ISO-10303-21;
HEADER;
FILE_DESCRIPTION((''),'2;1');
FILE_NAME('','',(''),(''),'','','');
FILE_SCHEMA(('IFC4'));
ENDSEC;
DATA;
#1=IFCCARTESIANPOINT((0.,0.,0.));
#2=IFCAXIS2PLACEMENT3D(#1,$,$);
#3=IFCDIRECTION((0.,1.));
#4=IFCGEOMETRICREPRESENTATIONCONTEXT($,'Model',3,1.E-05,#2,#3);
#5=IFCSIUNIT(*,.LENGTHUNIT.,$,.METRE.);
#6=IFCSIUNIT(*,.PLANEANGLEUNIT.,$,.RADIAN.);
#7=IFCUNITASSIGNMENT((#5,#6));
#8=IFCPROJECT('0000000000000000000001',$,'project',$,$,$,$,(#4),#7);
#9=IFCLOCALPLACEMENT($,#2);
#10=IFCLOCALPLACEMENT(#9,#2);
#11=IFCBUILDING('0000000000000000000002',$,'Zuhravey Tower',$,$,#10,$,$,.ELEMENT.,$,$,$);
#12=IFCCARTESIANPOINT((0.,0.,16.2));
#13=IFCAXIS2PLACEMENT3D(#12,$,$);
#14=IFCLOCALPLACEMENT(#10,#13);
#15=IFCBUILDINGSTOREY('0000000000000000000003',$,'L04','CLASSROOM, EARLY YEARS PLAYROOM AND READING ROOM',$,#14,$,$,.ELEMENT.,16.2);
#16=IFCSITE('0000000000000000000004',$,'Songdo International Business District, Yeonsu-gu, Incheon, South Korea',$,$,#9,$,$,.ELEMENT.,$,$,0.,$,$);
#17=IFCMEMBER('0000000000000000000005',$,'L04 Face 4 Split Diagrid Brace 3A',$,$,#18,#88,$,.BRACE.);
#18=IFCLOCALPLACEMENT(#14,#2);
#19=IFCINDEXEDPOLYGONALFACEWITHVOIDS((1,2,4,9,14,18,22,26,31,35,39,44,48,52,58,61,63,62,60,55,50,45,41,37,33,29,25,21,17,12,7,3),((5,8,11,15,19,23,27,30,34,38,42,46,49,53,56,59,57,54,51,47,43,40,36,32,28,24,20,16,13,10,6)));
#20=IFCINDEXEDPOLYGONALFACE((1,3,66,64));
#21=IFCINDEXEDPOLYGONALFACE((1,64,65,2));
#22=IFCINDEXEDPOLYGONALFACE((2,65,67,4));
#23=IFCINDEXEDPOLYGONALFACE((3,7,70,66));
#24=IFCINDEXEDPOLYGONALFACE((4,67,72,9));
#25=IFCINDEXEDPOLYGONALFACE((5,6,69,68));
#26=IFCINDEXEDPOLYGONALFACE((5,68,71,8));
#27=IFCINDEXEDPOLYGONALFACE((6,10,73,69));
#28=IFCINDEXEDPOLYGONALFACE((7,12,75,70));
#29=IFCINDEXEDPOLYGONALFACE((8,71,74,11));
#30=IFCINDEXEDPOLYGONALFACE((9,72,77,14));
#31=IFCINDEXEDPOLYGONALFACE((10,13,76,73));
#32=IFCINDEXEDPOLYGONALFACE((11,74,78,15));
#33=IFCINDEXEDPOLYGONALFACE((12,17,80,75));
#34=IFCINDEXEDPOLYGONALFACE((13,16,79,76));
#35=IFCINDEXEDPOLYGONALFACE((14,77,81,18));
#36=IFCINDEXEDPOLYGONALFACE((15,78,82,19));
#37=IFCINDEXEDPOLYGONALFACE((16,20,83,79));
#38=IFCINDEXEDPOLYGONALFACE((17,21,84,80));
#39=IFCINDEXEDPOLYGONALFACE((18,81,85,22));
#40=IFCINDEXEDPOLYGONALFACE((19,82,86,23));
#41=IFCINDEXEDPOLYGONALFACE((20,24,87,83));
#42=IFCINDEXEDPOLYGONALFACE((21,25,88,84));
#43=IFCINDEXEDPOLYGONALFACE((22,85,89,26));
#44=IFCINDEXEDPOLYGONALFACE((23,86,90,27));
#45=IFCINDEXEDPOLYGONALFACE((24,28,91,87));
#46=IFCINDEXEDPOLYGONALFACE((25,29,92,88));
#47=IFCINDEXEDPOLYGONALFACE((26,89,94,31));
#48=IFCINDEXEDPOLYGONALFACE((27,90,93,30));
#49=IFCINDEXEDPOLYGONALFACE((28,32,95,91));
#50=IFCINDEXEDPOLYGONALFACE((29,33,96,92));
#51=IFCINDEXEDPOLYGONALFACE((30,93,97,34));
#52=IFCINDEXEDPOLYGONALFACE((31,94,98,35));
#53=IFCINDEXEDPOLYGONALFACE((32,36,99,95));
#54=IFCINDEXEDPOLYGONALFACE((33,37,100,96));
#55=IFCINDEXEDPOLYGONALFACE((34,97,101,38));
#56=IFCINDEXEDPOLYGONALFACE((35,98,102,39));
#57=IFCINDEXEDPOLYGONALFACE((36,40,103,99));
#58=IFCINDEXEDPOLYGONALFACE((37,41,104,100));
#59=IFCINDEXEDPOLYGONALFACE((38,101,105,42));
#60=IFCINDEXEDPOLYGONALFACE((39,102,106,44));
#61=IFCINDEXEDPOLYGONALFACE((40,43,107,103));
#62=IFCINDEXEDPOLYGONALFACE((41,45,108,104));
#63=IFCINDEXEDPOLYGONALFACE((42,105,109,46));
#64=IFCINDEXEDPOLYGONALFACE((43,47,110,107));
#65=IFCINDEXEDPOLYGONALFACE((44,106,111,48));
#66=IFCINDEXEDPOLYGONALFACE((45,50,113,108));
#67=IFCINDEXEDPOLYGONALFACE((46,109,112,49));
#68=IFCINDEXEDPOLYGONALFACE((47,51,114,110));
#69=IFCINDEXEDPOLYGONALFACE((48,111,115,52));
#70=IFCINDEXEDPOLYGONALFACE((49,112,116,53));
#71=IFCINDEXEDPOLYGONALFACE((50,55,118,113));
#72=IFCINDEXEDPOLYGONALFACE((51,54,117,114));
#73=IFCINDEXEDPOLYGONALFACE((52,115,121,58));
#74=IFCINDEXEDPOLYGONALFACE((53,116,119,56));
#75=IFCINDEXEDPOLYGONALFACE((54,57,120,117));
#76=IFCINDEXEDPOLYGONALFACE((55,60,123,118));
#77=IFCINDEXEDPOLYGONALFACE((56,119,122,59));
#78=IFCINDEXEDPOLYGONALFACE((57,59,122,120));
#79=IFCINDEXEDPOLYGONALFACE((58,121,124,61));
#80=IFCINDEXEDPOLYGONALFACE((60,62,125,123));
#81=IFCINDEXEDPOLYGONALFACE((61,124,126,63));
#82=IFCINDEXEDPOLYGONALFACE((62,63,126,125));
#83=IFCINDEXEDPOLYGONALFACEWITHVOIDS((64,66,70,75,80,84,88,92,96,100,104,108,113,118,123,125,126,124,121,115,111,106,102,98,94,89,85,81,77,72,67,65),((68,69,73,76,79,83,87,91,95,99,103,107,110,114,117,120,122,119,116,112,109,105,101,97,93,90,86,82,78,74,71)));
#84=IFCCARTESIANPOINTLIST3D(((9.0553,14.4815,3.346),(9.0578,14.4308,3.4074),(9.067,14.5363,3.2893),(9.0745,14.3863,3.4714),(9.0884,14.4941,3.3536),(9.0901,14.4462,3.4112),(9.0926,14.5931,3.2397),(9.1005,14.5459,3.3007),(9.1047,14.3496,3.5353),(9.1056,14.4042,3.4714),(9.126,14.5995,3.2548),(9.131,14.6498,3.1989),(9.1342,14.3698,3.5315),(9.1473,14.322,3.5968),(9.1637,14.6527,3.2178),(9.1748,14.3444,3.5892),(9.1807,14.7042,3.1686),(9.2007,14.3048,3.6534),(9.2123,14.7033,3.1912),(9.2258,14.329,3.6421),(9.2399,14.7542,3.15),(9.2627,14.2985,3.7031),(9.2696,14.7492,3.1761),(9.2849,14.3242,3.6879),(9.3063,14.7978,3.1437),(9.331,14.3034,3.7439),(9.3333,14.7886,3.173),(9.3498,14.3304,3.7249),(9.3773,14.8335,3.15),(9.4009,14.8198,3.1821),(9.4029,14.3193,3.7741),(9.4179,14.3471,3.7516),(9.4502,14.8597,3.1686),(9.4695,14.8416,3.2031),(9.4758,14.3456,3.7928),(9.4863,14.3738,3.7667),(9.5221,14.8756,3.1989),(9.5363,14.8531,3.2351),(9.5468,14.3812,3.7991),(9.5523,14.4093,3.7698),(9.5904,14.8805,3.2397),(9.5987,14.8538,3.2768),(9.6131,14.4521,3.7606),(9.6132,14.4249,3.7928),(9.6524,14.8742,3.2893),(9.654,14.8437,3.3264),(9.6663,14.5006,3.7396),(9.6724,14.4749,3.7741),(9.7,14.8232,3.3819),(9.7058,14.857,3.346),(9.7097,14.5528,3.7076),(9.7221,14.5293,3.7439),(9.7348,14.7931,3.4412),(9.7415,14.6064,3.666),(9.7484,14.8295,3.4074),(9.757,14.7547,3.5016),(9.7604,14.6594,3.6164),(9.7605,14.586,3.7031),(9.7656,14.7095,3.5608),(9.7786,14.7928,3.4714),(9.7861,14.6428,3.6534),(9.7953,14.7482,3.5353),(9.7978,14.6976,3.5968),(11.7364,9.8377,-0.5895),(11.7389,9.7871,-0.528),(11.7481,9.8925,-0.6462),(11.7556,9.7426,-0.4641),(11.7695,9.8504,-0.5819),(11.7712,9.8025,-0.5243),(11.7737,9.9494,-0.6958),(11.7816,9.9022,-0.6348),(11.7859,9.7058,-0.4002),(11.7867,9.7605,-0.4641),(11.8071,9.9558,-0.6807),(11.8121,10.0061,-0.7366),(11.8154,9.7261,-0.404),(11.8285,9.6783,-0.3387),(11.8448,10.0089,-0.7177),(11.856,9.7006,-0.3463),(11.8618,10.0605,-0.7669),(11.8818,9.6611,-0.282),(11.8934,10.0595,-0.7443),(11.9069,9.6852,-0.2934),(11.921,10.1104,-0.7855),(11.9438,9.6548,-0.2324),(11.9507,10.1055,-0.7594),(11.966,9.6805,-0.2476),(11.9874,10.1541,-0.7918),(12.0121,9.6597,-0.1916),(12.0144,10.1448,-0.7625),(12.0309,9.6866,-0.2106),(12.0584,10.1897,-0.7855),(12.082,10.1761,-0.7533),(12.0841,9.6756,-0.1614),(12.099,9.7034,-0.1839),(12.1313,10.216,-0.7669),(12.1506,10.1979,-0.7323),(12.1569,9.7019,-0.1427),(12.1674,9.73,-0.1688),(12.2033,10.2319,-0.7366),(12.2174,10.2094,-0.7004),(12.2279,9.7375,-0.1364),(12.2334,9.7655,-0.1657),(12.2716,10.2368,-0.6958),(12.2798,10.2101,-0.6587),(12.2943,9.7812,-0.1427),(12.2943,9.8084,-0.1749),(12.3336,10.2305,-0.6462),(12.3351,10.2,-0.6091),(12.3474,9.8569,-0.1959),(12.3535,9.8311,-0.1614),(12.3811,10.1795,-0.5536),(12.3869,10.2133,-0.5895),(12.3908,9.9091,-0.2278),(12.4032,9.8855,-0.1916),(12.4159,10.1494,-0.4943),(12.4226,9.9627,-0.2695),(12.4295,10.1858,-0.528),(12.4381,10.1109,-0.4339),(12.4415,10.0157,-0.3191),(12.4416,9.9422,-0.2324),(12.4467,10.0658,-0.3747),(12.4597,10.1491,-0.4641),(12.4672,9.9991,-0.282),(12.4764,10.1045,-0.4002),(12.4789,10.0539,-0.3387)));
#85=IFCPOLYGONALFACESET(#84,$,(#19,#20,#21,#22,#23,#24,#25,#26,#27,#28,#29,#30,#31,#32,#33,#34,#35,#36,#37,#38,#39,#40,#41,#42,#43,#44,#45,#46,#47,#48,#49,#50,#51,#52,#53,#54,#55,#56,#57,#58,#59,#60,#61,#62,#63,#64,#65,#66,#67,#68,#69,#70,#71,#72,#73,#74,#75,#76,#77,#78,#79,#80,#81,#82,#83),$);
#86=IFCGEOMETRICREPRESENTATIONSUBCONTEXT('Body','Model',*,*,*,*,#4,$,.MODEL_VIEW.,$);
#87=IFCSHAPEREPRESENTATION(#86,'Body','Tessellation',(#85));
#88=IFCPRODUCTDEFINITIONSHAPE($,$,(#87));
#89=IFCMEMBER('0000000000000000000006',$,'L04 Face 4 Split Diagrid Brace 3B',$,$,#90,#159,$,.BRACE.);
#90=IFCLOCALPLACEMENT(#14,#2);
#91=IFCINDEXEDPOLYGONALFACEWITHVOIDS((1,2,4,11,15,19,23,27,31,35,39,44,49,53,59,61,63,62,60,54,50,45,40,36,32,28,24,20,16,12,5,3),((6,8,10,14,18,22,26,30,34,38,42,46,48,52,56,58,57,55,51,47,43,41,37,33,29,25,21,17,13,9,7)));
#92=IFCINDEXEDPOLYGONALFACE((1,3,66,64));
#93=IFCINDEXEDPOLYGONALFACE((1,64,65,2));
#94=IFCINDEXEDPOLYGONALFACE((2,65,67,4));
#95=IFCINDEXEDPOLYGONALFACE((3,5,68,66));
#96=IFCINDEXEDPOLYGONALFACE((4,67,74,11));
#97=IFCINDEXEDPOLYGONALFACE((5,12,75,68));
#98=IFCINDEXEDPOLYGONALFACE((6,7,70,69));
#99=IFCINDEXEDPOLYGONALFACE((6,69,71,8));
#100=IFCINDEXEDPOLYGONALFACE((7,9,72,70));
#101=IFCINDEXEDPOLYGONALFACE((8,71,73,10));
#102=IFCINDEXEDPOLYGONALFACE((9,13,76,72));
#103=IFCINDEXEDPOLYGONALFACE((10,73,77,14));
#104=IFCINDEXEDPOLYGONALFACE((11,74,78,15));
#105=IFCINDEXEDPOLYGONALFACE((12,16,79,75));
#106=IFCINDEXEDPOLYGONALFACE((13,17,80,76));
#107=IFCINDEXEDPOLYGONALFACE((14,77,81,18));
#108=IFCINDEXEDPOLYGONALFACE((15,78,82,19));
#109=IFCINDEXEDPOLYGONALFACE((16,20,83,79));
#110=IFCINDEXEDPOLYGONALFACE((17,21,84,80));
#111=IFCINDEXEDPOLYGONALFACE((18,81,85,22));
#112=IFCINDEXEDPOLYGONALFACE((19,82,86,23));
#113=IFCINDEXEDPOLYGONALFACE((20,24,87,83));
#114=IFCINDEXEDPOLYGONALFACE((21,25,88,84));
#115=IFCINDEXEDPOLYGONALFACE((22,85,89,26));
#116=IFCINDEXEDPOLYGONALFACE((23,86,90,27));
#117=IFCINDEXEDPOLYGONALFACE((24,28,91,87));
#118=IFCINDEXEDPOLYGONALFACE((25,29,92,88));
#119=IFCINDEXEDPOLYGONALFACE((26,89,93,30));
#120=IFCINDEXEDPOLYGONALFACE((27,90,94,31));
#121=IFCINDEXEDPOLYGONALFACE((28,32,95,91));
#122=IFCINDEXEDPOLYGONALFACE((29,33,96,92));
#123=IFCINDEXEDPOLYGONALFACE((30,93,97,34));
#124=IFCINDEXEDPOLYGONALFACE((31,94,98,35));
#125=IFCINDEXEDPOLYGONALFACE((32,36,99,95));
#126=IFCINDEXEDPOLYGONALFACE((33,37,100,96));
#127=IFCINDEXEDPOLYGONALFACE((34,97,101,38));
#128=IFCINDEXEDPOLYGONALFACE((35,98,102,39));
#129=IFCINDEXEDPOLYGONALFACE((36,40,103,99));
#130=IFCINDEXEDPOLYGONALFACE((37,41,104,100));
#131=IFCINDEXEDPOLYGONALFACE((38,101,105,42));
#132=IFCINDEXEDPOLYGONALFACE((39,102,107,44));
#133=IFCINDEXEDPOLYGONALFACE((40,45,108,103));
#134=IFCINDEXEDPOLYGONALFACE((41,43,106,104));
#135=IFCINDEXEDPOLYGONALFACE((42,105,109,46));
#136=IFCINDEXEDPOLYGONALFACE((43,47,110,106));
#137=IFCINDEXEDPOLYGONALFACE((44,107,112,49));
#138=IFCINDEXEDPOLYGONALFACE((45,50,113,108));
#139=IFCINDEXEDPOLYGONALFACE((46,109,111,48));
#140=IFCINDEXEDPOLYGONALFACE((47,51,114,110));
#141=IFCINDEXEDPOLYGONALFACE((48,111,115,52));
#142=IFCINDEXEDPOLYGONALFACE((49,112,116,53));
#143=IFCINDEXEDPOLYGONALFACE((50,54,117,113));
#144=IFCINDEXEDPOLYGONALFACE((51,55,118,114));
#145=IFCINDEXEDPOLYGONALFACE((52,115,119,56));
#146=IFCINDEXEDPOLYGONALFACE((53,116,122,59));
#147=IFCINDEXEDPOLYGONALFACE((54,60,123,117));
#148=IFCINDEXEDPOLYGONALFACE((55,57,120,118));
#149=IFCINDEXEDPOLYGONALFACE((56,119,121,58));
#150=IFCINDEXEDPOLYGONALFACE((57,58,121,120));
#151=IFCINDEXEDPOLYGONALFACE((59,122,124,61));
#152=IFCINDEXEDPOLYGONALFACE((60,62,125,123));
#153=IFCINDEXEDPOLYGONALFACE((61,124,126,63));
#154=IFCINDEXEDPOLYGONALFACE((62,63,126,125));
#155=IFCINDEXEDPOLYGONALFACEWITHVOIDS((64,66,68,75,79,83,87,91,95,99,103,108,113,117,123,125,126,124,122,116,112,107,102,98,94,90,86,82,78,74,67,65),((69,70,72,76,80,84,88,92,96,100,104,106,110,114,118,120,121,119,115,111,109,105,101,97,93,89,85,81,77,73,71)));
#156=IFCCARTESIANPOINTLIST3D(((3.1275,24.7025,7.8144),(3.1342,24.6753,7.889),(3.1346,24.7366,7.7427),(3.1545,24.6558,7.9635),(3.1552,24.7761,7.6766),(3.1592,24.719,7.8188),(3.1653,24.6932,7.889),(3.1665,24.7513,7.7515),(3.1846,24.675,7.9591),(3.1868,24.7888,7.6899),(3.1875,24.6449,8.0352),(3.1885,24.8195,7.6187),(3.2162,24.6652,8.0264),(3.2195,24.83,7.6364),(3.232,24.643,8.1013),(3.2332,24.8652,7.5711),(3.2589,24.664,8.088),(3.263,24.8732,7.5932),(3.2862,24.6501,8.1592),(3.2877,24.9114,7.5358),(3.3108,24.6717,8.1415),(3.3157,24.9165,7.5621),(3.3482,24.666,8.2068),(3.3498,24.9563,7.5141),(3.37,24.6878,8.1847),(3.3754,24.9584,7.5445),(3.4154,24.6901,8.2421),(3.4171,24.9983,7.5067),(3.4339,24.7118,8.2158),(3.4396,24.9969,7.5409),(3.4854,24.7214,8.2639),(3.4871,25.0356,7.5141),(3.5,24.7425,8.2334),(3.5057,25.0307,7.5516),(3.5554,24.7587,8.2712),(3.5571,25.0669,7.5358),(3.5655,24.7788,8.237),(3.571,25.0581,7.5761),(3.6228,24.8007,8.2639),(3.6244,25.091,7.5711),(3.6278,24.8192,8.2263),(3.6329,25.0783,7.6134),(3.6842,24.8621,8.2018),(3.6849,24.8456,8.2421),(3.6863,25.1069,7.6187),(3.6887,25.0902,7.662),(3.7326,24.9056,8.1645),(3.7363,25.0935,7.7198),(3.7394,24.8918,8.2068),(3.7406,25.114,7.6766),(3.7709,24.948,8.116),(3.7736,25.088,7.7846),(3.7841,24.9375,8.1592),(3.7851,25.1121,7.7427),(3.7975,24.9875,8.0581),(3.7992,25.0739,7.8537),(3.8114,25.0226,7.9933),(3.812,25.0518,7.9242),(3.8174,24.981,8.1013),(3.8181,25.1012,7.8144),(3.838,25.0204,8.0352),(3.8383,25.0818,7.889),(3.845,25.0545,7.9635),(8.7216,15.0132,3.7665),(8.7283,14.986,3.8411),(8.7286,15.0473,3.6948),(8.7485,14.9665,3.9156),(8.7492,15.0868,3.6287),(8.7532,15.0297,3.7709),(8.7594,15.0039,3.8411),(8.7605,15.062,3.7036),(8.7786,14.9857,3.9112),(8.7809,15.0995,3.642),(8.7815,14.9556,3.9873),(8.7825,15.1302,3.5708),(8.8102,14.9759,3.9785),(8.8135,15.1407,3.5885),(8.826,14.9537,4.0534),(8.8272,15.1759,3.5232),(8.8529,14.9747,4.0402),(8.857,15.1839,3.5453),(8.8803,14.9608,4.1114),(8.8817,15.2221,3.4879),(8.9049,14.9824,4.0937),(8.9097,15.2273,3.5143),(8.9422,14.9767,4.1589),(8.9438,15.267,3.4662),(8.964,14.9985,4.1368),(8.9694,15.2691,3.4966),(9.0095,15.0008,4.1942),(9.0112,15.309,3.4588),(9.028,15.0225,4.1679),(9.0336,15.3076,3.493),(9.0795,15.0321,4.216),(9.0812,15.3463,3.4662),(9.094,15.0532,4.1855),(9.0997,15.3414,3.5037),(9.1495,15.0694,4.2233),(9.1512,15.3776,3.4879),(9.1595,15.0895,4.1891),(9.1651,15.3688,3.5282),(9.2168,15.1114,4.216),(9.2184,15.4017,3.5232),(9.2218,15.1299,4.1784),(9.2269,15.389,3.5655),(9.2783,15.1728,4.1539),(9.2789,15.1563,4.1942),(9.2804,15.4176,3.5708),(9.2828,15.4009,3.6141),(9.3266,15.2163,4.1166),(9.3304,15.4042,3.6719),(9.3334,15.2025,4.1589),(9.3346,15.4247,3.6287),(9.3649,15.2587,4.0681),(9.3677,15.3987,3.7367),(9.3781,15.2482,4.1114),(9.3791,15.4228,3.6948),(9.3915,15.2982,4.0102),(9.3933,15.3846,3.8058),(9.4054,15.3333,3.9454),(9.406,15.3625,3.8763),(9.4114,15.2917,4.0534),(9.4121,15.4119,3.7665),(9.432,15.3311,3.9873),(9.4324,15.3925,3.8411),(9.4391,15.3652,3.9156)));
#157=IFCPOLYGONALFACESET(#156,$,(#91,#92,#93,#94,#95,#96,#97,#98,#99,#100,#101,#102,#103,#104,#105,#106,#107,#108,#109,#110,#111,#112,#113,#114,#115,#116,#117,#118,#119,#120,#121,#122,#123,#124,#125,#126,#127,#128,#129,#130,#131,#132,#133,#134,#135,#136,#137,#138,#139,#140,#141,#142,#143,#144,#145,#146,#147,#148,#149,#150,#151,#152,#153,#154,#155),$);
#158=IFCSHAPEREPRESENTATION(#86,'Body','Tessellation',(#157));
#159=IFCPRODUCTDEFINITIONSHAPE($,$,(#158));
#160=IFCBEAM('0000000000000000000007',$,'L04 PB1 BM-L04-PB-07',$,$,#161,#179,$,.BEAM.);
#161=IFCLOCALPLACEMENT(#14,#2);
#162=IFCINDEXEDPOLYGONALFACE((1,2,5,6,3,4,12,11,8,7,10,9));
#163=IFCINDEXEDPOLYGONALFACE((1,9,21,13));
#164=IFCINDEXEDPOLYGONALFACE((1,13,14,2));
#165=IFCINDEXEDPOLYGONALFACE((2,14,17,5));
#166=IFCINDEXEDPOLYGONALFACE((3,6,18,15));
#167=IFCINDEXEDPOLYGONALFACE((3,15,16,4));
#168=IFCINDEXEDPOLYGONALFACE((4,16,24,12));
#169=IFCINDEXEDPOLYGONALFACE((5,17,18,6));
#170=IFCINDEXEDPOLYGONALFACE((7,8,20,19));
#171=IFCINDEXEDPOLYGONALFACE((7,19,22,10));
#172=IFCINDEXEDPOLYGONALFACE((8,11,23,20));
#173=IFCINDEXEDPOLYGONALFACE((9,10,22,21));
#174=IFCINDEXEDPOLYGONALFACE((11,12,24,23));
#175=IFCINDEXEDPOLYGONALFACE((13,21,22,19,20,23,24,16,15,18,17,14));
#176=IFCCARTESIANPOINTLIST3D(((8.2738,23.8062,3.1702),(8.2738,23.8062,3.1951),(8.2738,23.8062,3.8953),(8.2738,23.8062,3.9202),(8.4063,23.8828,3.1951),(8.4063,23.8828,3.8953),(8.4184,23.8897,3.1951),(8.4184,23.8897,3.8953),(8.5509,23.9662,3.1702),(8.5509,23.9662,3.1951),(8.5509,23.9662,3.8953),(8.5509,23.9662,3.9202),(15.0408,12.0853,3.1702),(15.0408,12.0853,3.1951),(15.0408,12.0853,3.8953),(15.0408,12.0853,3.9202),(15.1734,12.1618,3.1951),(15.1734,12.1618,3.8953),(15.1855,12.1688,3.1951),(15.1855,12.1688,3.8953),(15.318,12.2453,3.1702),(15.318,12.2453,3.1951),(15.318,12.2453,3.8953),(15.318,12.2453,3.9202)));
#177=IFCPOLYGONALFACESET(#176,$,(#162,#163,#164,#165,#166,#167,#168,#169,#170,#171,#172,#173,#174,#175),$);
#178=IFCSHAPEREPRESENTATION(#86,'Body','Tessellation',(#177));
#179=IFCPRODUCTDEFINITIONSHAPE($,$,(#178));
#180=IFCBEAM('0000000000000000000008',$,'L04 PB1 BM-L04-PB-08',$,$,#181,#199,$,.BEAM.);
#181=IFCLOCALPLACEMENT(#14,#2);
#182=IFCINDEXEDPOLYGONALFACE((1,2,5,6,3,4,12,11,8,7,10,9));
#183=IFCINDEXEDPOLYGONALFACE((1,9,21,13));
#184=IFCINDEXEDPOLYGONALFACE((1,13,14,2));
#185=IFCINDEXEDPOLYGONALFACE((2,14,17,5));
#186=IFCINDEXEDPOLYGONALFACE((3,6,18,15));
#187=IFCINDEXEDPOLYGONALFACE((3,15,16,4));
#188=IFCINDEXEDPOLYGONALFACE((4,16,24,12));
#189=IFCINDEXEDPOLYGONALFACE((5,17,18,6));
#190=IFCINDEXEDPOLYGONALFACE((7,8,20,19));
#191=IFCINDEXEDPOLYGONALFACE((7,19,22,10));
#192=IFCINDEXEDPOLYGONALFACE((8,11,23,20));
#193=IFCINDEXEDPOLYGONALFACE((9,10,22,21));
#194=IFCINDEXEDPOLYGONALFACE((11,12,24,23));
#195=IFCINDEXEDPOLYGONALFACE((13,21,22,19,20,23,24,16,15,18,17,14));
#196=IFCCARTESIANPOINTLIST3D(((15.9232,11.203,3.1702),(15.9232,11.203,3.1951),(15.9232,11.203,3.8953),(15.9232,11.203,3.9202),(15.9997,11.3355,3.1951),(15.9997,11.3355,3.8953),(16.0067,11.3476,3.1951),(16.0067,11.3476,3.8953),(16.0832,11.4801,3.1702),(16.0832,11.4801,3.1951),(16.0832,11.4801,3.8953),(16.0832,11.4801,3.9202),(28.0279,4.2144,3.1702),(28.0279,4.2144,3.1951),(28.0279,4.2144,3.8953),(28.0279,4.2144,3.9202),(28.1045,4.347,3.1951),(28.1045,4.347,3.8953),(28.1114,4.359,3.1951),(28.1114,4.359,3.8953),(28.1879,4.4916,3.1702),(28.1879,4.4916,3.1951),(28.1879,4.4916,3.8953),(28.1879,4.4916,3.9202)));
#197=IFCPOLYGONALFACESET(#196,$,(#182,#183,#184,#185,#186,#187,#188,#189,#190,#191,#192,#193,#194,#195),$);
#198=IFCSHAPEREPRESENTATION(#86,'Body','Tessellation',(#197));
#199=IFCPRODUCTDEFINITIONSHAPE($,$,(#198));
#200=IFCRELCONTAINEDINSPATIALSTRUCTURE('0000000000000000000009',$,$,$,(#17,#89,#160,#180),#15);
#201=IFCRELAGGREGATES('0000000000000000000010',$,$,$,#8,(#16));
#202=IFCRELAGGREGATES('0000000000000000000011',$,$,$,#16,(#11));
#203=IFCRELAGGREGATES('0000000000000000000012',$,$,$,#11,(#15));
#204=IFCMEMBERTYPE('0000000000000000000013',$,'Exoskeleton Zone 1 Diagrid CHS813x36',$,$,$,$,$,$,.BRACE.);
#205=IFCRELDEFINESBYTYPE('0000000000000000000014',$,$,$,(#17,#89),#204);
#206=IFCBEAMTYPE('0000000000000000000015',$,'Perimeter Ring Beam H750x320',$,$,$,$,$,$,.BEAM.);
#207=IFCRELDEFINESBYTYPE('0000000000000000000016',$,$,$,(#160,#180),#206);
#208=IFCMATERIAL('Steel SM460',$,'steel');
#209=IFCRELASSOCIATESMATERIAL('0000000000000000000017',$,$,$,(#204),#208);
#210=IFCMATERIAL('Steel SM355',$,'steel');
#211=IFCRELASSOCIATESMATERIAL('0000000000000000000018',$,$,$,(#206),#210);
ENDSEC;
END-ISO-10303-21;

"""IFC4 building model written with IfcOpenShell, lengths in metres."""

from ifc_helpers import new_model, si_unit, direction, frame, origin, origin_2d, place, context, subcontext, project, spatial, hollow_circle, i_section, extrude, material, material_profile, profile_set, type_object, element, save


model = new_model("IFC4")

# Units and contexts
model_context = context("Model", 3, precision=1e-05, world=origin(), true_north=direction((0.0, 1.0)))
body_context = subcontext(model_context, "Body", "Model", "MODEL_VIEW")
ifc_project = project(units=[si_unit("LENGTHUNIT", "METRE"), si_unit("PLANEANGLEUNIT", "RADIAN")], contexts=[model_context])

# Site, building, storey
site_placement = place(None, origin())
site = spatial("IfcSite", under=ifc_project, at=site_placement, Name="Songdo International Business District, Yeonsu-gu, Incheon, South Korea", CompositionType="ELEMENT", RefElevation=0.0)
building_placement = place(site_placement, origin())
building = spatial("IfcBuilding", under=site, at=building_placement, Name="Zuhravey Tower", CompositionType="ELEMENT")
storey_placement = place(building_placement, frame((0.0, 0.0, 16.2)))
storey = spatial("IfcBuildingStorey", under=building, at=storey_placement, Name="L04", Description="CLASSROOM, EARLY YEARS PLAYROOM AND READING ROOM", CompositionType="ELEMENT", Elevation=16.2)

# Members
ifc_material_1 = material(Name="Steel SM355", Category="steel")
ifc_material_2 = material(Name="Steel SM460", Category="steel")
ifc_material_profile_1 = material_profile(ifc_material_2, hollow_circle(Radius=0.4065, WallThickness=0.0359, at=origin_2d()), Name="CHS-812.8x36")
ifc_profile_set_1 = profile_set([ifc_material_profile_1], Name="Steel SM460")
member_type_1 = type_object("IfcMemberType", Name="Exoskeleton Zone 1 Diagrid CHS813x36", PredefinedType="BRACE", material=ifc_profile_set_1)
member_1_placement = place(storey_placement, frame((12.1077, 9.9458, -0.4641), z_axis=(-0.403092, 0.698162, 0.591681), x_axis=(-0.866021, -0.500008, 0.0)))
element("IfcMember", 1, at=member_1_placement, inside=storey, type_object=member_type_1, Name="L04 Face 4 Split Diagrid Brace 3A", PredefinedType="BRACE", context=body_context, shape_type="SweptSolid", body=[
    extrude(hollow_circle(Radius=0.4065, WallThickness=0.0359, at=origin_2d()), origin(), (0.0, 0.0, 1.0), 6.6514),
])
member_2_placement = place(storey_placement, frame((9.0803, 15.1892, 3.8411), z_axis=(-0.470169, 0.814367, 0.340217), x_axis=(-0.866028, -0.499995, 0.0)))
element("IfcMember", 2, at=member_2_placement, inside=storey, type_object=member_type_1, Name="L04 Face 4 Split Diagrid Brace 3B", PredefinedType="BRACE", context=body_context, shape_type="SweptSolid", body=[
    extrude(hollow_circle(Radius=0.4065, WallThickness=0.0359, at=origin_2d()), origin(), (0.0, 0.0, 1.0), 11.8979),
])

# Beams
ifc_material_profile_2 = material_profile(ifc_material_1, i_section(OverallWidth=0.3201, OverallDepth=0.75, WebThickness=0.0139, FlangeThickness=0.0249, at=origin_2d()), Name="H-750x320x14x25")
ifc_profile_set_2 = profile_set([ifc_material_profile_2], Name="Steel SM355")
beam_type_1 = type_object("IfcBeamType", Name="Perimeter Ring Beam H750x320", PredefinedType="BEAM", material=ifc_profile_set_2)
beam_1_placement = place(storey_placement, frame((8.4124, 23.8862, 3.5452), z_axis=(0.5, -0.866025, 0.0), x_axis=(0.866025, 0.5, 0.0)))
element("IfcBeam", 3, at=beam_1_placement, inside=storey, type_object=beam_type_1, Name="L04 PB1 BM-L04-PB-07", PredefinedType="BEAM", context=body_context, shape_type="SweptSolid", body=[
    extrude(i_section(OverallWidth=0.3201, OverallDepth=0.75, WebThickness=0.0139, FlangeThickness=0.0249, at=origin_2d()), origin(), (0.0, 0.0, 1.0), 13.5342),
])
beam_2_placement = place(storey_placement, frame((16.0032, 11.3416, 3.5452), z_axis=(0.86603, -0.499992, 0.0), x_axis=(0.499992, 0.86603, 0.0)))
element("IfcBeam", 4, at=beam_2_placement, inside=storey, type_object=beam_type_1, Name="L04 PB1 BM-L04-PB-08", PredefinedType="BEAM", context=body_context, shape_type="SweptSolid", body=[
    extrude(i_section(OverallWidth=0.3201, OverallDepth=0.75, WebThickness=0.0139, FlangeThickness=0.0249, at=origin_2d()), origin(), (0.0, 0.0, 1.0), 13.9773),
])

save(model, "model.ifc")
